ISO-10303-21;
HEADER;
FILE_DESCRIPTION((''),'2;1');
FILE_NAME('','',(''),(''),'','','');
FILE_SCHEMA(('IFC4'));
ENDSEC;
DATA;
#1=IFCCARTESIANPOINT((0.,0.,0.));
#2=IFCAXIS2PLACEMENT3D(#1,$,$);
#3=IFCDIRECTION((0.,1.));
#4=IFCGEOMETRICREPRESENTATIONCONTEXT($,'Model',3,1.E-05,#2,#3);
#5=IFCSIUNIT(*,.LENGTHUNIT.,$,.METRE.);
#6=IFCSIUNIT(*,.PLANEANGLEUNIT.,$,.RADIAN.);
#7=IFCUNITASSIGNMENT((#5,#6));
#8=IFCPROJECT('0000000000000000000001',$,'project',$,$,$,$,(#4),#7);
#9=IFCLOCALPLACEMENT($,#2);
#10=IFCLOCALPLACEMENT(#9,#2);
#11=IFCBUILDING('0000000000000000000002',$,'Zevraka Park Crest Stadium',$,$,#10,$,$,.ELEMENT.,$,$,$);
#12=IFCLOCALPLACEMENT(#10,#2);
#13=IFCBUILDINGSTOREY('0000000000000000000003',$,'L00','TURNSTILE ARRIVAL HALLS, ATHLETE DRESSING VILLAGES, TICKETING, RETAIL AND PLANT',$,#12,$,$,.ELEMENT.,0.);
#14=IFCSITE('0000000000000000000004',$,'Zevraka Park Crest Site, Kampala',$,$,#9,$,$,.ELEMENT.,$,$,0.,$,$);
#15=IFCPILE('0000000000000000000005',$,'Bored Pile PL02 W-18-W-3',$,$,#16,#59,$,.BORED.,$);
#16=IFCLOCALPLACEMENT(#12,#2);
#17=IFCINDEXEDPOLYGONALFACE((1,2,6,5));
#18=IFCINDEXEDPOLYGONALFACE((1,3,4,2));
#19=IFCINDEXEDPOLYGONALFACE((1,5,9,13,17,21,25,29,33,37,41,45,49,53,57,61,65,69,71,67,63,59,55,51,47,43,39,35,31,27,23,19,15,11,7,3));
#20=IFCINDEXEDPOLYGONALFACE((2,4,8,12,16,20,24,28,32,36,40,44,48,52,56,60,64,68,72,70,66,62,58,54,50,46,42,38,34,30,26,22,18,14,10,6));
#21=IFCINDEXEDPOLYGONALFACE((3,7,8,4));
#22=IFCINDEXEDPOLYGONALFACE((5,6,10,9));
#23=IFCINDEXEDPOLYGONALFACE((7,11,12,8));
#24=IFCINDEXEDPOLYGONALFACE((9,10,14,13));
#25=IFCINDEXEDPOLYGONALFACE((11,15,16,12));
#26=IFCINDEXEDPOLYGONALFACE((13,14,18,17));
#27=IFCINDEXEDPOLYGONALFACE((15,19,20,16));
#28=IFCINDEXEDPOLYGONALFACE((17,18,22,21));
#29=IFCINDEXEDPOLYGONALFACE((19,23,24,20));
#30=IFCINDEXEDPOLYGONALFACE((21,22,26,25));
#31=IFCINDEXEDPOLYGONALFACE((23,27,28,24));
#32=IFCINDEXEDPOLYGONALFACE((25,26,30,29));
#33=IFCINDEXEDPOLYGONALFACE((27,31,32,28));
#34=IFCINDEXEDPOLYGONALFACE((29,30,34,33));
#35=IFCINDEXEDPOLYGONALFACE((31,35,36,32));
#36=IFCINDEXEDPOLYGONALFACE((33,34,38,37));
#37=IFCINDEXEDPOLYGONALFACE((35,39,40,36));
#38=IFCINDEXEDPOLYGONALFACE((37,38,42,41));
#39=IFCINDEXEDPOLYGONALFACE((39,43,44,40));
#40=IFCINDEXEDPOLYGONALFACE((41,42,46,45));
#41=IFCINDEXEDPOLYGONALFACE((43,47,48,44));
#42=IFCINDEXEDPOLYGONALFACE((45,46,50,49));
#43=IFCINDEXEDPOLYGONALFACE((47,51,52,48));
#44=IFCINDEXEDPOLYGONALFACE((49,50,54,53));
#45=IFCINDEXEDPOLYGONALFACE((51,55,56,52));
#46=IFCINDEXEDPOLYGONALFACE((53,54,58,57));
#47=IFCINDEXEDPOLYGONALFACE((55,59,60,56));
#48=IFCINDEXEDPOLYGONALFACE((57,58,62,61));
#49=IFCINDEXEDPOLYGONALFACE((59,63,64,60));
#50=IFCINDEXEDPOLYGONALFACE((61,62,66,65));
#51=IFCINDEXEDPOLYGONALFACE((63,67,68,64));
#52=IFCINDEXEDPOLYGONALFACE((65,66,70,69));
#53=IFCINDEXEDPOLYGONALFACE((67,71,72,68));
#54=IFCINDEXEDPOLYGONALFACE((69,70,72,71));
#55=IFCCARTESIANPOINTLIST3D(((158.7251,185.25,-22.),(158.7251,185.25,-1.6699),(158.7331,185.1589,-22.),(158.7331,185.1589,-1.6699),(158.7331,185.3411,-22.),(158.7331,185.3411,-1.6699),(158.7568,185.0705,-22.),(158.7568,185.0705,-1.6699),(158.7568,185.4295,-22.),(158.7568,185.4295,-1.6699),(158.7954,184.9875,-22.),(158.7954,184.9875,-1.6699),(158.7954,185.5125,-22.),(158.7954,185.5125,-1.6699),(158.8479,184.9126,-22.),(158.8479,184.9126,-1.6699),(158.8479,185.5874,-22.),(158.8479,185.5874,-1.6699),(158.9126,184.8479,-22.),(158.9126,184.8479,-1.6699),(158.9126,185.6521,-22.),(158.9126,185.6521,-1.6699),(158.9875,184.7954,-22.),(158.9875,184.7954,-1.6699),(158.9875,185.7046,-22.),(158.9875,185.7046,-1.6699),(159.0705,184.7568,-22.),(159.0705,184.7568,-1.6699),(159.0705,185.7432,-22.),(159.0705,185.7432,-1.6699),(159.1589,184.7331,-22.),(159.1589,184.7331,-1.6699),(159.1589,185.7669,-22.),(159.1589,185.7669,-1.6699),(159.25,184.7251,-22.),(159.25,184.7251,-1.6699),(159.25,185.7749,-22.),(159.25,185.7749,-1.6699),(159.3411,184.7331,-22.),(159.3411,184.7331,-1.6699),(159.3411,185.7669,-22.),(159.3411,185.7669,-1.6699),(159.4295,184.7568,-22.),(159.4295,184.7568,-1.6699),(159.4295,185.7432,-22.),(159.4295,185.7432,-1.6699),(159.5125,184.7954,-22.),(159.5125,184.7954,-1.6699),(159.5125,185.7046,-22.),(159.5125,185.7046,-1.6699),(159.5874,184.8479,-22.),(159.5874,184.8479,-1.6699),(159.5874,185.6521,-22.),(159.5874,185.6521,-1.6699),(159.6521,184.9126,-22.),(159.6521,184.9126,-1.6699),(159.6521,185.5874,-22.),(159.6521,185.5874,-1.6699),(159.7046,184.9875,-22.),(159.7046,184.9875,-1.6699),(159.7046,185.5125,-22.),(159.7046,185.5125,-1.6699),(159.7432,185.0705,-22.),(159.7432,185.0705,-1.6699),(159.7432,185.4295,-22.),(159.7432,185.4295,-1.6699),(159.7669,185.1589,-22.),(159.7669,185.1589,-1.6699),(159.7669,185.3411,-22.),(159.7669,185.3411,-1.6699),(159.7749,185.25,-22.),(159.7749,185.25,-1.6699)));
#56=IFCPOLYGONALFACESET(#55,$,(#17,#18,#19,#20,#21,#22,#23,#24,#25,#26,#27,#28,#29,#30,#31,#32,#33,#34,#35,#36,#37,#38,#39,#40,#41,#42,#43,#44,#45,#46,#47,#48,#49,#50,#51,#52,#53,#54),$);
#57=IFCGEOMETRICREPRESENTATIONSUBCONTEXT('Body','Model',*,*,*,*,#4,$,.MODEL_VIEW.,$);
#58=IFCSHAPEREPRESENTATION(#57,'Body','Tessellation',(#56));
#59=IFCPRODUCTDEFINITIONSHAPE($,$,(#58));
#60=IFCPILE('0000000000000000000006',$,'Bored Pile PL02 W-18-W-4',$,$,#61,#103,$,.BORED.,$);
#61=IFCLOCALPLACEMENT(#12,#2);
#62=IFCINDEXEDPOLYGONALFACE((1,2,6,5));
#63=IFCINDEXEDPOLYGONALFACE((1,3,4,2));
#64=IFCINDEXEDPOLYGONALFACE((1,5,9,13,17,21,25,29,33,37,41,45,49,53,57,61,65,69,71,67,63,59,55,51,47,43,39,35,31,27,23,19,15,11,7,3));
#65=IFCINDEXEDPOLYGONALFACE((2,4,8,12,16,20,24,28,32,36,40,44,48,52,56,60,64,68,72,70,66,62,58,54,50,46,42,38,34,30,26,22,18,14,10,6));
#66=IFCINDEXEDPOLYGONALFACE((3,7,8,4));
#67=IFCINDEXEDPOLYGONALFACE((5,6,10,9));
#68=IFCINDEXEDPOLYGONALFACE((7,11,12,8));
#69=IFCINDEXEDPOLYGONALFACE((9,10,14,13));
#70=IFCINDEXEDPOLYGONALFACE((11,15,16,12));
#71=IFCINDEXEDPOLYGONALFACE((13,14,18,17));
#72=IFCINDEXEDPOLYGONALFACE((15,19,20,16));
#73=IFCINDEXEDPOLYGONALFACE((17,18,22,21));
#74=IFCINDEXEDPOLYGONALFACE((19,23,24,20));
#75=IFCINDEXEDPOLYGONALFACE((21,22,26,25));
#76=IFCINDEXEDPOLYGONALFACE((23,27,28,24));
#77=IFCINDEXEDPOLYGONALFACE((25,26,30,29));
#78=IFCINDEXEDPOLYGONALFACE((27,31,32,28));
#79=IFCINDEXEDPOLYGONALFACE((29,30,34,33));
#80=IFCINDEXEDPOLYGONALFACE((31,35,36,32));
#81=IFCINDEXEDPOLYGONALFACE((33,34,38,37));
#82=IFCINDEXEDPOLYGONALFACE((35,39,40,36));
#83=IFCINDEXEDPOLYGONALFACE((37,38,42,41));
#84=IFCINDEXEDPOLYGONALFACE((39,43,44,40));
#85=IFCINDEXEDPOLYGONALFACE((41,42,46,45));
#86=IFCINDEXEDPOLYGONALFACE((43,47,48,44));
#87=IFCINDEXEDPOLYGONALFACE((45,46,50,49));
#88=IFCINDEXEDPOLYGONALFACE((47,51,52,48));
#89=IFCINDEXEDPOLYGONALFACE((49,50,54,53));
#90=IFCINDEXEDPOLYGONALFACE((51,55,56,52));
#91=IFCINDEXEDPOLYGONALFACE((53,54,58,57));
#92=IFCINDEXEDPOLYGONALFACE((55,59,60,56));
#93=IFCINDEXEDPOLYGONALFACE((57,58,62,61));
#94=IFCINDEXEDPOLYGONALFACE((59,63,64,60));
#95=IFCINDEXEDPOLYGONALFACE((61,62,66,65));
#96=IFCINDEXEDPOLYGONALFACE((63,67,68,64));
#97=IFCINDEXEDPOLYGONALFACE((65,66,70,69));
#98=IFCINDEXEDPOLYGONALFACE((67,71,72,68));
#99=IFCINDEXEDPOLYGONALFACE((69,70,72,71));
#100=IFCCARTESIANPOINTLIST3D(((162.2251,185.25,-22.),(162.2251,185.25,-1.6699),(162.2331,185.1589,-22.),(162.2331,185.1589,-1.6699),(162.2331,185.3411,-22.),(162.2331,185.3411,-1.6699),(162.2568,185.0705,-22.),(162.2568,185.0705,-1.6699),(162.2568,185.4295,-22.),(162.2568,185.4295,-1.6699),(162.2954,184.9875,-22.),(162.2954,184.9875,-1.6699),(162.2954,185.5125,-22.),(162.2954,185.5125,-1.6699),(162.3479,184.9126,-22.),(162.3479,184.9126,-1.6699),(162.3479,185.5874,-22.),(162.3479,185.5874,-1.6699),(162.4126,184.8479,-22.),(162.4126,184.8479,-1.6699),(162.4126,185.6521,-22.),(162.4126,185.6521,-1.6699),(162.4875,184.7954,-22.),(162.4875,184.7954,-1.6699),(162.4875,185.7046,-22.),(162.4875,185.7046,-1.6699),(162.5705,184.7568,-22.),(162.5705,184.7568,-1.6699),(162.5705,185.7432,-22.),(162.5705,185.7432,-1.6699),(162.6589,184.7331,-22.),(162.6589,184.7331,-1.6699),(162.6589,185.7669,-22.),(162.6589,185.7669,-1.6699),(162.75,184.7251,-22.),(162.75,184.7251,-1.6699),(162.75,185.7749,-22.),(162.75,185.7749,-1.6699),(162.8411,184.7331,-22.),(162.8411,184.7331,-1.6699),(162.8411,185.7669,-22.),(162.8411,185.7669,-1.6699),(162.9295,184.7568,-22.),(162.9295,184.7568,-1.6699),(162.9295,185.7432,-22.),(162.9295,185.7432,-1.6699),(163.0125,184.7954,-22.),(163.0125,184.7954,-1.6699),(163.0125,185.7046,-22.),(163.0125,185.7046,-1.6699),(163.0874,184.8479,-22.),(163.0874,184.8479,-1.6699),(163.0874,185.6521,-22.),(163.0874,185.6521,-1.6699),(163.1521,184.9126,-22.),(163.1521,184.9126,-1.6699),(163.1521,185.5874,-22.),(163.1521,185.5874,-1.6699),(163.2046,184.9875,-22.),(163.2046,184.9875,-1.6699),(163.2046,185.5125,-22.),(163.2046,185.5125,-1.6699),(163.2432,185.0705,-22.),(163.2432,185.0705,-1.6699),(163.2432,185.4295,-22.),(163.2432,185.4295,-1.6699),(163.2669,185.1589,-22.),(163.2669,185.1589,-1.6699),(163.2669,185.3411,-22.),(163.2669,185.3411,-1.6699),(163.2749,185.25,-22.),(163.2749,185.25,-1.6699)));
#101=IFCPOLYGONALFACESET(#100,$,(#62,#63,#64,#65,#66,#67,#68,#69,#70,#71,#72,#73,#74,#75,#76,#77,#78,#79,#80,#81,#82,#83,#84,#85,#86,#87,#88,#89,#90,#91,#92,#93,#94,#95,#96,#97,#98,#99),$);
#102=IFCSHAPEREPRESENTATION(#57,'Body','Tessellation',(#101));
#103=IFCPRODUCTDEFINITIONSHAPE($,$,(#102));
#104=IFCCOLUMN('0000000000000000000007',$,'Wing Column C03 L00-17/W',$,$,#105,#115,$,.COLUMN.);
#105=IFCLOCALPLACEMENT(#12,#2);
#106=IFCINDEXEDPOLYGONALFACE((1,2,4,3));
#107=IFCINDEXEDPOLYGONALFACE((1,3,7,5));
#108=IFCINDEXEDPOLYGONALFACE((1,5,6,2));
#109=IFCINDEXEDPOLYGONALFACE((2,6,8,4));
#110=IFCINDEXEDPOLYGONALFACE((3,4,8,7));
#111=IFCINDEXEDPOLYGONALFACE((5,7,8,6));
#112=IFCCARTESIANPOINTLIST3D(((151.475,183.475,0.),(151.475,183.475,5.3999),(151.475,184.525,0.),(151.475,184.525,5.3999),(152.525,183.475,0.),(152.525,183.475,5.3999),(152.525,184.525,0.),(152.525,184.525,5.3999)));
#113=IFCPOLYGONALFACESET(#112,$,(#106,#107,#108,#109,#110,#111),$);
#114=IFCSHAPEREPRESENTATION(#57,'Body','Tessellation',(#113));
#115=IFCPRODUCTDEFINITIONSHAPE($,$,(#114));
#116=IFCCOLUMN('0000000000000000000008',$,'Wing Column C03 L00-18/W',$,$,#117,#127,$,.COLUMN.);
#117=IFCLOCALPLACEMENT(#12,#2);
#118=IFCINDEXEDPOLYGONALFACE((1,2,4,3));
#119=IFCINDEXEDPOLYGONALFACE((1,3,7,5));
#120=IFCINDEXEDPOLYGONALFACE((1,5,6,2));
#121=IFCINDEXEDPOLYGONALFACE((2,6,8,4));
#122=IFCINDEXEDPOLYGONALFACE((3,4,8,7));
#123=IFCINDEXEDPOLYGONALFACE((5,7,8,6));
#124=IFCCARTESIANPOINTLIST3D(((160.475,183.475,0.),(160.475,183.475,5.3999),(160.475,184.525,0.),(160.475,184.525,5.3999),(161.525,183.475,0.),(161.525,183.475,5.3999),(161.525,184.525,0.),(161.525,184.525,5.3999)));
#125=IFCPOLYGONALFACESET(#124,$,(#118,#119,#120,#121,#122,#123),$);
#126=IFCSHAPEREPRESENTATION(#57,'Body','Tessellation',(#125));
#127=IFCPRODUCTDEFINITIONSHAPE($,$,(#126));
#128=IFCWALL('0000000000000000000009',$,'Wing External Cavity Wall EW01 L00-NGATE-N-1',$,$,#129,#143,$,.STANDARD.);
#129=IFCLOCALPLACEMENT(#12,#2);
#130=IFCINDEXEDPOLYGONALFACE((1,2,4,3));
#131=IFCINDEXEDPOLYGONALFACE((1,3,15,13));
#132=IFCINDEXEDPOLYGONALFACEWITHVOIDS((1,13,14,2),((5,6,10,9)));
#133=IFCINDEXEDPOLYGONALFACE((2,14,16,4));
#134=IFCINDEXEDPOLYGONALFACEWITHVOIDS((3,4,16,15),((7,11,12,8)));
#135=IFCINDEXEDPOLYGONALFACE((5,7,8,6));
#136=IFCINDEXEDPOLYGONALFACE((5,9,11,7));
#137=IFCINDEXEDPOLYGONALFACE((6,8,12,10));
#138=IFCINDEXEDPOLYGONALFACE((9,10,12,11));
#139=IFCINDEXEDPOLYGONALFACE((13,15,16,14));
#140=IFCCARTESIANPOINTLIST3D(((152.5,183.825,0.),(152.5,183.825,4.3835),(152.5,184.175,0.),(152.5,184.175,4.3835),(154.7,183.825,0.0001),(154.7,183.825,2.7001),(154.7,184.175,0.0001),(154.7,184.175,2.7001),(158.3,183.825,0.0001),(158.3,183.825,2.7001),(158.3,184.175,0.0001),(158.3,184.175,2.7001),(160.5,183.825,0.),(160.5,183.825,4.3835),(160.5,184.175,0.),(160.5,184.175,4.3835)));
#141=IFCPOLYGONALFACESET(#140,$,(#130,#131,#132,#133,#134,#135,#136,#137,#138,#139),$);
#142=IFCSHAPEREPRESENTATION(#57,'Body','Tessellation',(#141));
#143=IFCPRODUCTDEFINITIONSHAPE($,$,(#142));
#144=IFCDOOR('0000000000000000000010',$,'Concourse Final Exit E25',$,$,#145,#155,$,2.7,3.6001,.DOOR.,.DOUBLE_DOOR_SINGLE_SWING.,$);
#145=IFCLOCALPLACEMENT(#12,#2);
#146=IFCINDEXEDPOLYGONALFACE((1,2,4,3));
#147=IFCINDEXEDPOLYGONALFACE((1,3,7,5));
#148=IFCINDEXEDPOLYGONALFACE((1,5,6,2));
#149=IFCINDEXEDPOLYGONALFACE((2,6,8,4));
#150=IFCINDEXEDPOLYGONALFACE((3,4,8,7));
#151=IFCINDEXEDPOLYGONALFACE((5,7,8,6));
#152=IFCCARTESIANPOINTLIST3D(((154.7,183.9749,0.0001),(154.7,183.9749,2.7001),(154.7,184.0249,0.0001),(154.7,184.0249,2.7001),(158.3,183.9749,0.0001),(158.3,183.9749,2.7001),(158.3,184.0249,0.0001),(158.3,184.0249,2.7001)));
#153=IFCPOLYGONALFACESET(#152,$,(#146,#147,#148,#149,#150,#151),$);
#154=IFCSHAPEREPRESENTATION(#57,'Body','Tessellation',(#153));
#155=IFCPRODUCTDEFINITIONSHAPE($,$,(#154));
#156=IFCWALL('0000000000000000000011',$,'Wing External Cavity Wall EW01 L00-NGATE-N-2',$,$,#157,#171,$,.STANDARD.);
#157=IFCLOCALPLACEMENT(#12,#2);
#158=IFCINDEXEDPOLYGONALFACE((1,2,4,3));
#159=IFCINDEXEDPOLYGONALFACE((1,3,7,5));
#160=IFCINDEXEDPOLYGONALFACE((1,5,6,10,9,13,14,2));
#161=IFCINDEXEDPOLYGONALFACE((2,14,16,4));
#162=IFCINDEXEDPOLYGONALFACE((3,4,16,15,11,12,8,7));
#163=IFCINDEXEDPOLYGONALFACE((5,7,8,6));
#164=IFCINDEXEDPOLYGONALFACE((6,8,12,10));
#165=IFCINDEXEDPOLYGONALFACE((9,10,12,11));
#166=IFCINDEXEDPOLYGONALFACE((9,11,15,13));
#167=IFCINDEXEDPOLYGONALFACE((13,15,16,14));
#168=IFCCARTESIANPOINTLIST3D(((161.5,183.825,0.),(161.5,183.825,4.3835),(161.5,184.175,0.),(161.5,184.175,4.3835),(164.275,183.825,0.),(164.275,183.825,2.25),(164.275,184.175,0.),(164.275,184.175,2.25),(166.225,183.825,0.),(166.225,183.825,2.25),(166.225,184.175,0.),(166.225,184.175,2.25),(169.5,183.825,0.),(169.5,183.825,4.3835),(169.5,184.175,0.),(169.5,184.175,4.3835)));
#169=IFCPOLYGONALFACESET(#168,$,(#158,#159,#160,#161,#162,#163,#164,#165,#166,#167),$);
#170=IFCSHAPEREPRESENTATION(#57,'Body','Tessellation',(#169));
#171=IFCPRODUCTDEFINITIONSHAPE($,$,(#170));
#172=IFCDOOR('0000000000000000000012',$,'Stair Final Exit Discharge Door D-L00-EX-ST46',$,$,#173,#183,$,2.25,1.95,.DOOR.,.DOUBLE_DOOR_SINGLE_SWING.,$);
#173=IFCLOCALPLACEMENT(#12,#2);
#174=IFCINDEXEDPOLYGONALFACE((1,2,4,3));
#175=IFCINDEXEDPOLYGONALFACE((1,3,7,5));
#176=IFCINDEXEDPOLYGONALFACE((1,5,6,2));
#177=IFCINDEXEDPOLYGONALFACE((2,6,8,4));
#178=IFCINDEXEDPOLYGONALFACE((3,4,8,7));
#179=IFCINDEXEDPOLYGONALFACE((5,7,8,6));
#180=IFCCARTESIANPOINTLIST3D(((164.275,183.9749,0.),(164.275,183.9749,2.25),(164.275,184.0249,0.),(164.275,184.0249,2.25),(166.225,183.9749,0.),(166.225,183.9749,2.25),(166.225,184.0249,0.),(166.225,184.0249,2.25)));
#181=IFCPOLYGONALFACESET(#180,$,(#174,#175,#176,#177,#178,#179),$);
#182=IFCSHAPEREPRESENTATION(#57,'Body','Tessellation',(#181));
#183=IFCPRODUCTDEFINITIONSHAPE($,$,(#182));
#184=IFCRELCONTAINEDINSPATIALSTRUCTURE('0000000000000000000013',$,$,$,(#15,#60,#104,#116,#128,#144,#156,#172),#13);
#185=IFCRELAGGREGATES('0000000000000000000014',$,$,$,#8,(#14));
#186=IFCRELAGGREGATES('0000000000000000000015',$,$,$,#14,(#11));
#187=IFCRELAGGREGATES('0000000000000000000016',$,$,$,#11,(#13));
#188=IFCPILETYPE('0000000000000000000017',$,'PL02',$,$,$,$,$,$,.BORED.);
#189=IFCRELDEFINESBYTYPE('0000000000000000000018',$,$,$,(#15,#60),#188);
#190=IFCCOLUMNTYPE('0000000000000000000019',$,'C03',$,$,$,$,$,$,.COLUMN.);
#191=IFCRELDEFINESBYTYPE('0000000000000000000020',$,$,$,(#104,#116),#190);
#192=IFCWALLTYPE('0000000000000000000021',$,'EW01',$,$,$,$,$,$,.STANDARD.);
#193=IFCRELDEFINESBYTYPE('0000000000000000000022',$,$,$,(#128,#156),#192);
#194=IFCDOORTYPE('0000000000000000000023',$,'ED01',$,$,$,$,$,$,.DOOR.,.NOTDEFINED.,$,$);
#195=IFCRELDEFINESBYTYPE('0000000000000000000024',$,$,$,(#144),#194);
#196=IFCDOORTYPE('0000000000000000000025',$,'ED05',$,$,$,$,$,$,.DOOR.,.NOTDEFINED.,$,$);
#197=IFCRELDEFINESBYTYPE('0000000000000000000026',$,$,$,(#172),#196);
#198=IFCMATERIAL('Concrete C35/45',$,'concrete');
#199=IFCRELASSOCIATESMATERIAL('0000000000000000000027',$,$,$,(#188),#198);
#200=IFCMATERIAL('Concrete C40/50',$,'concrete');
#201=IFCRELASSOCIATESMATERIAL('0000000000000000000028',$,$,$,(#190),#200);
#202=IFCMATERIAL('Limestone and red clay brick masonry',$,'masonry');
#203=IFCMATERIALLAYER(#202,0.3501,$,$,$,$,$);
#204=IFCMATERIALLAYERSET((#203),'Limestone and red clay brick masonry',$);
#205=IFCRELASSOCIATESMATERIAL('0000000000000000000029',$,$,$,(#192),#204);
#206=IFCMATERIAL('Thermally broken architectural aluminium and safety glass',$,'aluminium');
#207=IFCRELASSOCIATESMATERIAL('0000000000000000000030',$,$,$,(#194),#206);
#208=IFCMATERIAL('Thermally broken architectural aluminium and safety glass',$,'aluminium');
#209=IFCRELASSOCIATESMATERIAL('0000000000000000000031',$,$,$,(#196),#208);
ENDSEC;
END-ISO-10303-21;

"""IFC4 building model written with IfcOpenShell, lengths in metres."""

from ifc_helpers import new_model, si_unit, direction, frame, frame_2d, origin, origin_2d, place, context, subcontext, project, spatial, rectangle, circle, extrude, material, layer, layer_set, material_profile, profile_set, type_object, element, fill, save


model = new_model("IFC4")

# Units and contexts
model_context = context("Model", 3, precision=1e-05, world=origin(), true_north=direction((0.0, 1.0)))
body_context = subcontext(model_context, "Body", "Model", "MODEL_VIEW")
ifc_project = project(units=[si_unit("LENGTHUNIT", "METRE"), si_unit("PLANEANGLEUNIT", "RADIAN")], contexts=[model_context])

# Site, building, storey
site_placement = place(None, origin())
site = spatial("IfcSite", under=ifc_project, at=site_placement, Name="Zevraka Park Crest Site, Kampala", CompositionType="ELEMENT", RefElevation=0.0)
building_placement = place(site_placement, origin())
building = spatial("IfcBuilding", under=site, at=building_placement, Name="Zevraka Park Crest Stadium", CompositionType="ELEMENT")
storey_placement = place(building_placement, origin())
storey = spatial("IfcBuildingStorey", under=building, at=storey_placement, Name="L00", Description="TURNSTILE ARRIVAL HALLS, ATHLETE DRESSING VILLAGES, TICKETING, RETAIL AND PLANT", CompositionType="ELEMENT", Elevation=0.0)

# Piles
ifc_material_1 = material(Name="Concrete C35/45", Category="concrete")
ifc_material_profile_1 = material_profile(ifc_material_1, circle(Radius=0.5249, at=origin_2d()), Name="PILE D1050")
ifc_profile_set_1 = profile_set([ifc_material_profile_1], Name="Concrete C35/45")
pile_type_1 = type_object("IfcPileType", Name="PL02", PredefinedType="BORED", material=ifc_profile_set_1)
for number, where, z_axis, x_axis, name in (
    (1, (159.25, 185.25, -1.6699), (0.0, 0.0, -1.0), (1.0, 0.0, 0.0), "Bored Pile PL02 W-18-W-3"),
    (2, (162.75, 185.25, -1.6699), (0.0, 0.0, -1.0), (1.0, 0.0, 0.0), "Bored Pile PL02 W-18-W-4"),
):
    element("IfcPile", number, at=place(storey_placement, frame(where, z_axis=z_axis, x_axis=x_axis)), inside=storey, type_object=pile_type_1, Name=name, PredefinedType="BORED", context=body_context, shape_type="SweptSolid", body=[
        extrude(circle(Radius=0.5249, at=origin_2d()), origin(), (0.0, 0.0, 1.0), 20.3301),
    ])

# Columns
ifc_material_2 = material(Name="Concrete C40/50", Category="concrete")
ifc_material_profile_2 = material_profile(ifc_material_2, rectangle(XDim=1.05, YDim=1.05, at=origin_2d()), Name="RC 1050x1050")
ifc_profile_set_2 = profile_set([ifc_material_profile_2], Name="Concrete C40/50")
column_type = type_object("IfcColumnType", Name="C03", PredefinedType="COLUMN", material=ifc_profile_set_2)
for number, where, z_axis, x_axis, name in (
    (3, (152.0, 184.0, 0.0), (0.0, 0.0, 1.0), (1.0, 0.0, 0.0), "Wing Column C03 L00-17/W"),
    (4, (161.0, 184.0, 0.0), (0.0, 0.0, 1.0), (1.0, 0.0, 0.0), "Wing Column C03 L00-18/W"),
):
    element("IfcColumn", number, at=place(storey_placement, frame(where, z_axis=z_axis, x_axis=x_axis)), inside=storey, type_object=column_type, Name=name, PredefinedType="COLUMN", context=body_context, shape_type="SweptSolid", body=[
        extrude(rectangle(XDim=1.05, YDim=1.05, at=origin_2d()), origin(), (0.0, 0.0, 1.0), 5.3999),
    ])

# Walls, openings, doors
ifc_material_3 = material(Name="Limestone and red clay brick masonry", Category="masonry")
ifc_layer_1 = layer(ifc_material_3, 0.3501)
ifc_layer_set_1 = layer_set([ifc_layer_1], Name="Limestone and red clay brick masonry")
wall_type_1 = type_object("IfcWallType", Name="EW01", PredefinedType="STANDARD", material=ifc_layer_set_1)
wall_1_placement = place(storey_placement, frame((152.5, 184.0, 0.0), z_axis=(0.0, 0.0, 1.0), x_axis=(1.0, 0.0, 0.0)))
wall_1 = element("IfcWall", 5, at=wall_1_placement, inside=storey, type_object=wall_type_1, Name="Wing External Cavity Wall EW01 L00-NGATE-N-1", PredefinedType="STANDARD", context=body_context, shape_type="SweptSolid", body=[
    extrude(rectangle(XDim=8.0, YDim=0.3501, at=frame_2d((4.0, 0.0))), origin(), (0.0, 0.0, 1.0), 4.3835),
])
opening_1_placement = place(wall_1_placement, frame((2.2, 0.0, 0.0)))
opening_1 = element("IfcOpeningElement", 6, at=opening_1_placement, cuts=wall_1, PredefinedType="OPENING", context=body_context, shape_type="SweptSolid", body=[
    extrude(rectangle(XDim=3.6001, YDim=2.7, at=frame_2d((1.8, 1.3501))), frame((0.0, 0.1851, 0.0), z_axis=(0.0, -1.0, 0.0), x_axis=(1.0, 0.0, 0.0)), (0.0, 0.0, 1.0), 0.3701),
])
ifc_material_4 = material(Name="Thermally broken architectural aluminium and safety glass", Category="aluminium")
door_type_1 = type_object("IfcDoorType", Name="ED01", OperationType="NOTDEFINED", PredefinedType="DOOR", material=ifc_material_4)
door_1_placement = place(opening_1_placement, origin())
door_1 = element("IfcDoor", 7, at=door_1_placement, inside=storey, type_object=door_type_1, Name="Concourse Final Exit E25", OperationType="DOUBLE_DOOR_SINGLE_SWING", OverallHeight=2.7, OverallWidth=3.6001, PredefinedType="DOOR", context=body_context, shape_type="SweptSolid", body=[
    extrude(rectangle(XDim=3.6001, YDim=2.7, at=frame_2d((1.8, 1.3501))), frame((0.0, 0.0249, 0.0), z_axis=(0.0, -1.0, 0.0), x_axis=(1.0, 0.0, 0.0)), (0.0, 0.0, 1.0), 0.05),
])
fill(opening_1, door_1)
wall_2_placement = place(storey_placement, frame((161.5, 184.0, 0.0), z_axis=(0.0, 0.0, 1.0), x_axis=(1.0, 0.0, 0.0)))
wall_2 = element("IfcWall", 8, at=wall_2_placement, inside=storey, type_object=wall_type_1, Name="Wing External Cavity Wall EW01 L00-NGATE-N-2", PredefinedType="STANDARD", context=body_context, shape_type="SweptSolid", body=[
    extrude(rectangle(XDim=8.0, YDim=0.3501, at=frame_2d((4.0, 0.0))), origin(), (0.0, 0.0, 1.0), 4.3835),
])
opening_2_placement = place(wall_2_placement, frame((2.7749, 0.0, 0.0)))
opening_2 = element("IfcOpeningElement", 9, at=opening_2_placement, cuts=wall_2, PredefinedType="OPENING", context=body_context, shape_type="SweptSolid", body=[
    extrude(rectangle(XDim=1.95, YDim=2.25, at=frame_2d((0.9751, 1.125))), frame((0.0, 0.1851, 0.0), z_axis=(0.0, -1.0, 0.0), x_axis=(1.0, 0.0, 0.0)), (0.0, 0.0, 1.0), 0.3701),
])
ifc_material_5 = material(Name="Thermally broken architectural aluminium and safety glass", Category="aluminium")
door_type_2 = type_object("IfcDoorType", Name="ED05", OperationType="NOTDEFINED", PredefinedType="DOOR", material=ifc_material_5)
door_2_placement = place(opening_2_placement, origin())
door_2 = element("IfcDoor", 10, at=door_2_placement, inside=storey, type_object=door_type_2, Name="Stair Final Exit Discharge Door D-L00-EX-ST46", OperationType="DOUBLE_DOOR_SINGLE_SWING", OverallHeight=2.25, OverallWidth=1.95, PredefinedType="DOOR", context=body_context, shape_type="SweptSolid", body=[
    extrude(rectangle(XDim=1.95, YDim=2.25, at=frame_2d((0.9751, 1.125))), frame((0.0, 0.0249, 0.0), z_axis=(0.0, -1.0, 0.0), x_axis=(1.0, 0.0, 0.0)), (0.0, 0.0, 1.0), 0.05),
])
fill(opening_2, door_2)

save(model, "model.ifc")
